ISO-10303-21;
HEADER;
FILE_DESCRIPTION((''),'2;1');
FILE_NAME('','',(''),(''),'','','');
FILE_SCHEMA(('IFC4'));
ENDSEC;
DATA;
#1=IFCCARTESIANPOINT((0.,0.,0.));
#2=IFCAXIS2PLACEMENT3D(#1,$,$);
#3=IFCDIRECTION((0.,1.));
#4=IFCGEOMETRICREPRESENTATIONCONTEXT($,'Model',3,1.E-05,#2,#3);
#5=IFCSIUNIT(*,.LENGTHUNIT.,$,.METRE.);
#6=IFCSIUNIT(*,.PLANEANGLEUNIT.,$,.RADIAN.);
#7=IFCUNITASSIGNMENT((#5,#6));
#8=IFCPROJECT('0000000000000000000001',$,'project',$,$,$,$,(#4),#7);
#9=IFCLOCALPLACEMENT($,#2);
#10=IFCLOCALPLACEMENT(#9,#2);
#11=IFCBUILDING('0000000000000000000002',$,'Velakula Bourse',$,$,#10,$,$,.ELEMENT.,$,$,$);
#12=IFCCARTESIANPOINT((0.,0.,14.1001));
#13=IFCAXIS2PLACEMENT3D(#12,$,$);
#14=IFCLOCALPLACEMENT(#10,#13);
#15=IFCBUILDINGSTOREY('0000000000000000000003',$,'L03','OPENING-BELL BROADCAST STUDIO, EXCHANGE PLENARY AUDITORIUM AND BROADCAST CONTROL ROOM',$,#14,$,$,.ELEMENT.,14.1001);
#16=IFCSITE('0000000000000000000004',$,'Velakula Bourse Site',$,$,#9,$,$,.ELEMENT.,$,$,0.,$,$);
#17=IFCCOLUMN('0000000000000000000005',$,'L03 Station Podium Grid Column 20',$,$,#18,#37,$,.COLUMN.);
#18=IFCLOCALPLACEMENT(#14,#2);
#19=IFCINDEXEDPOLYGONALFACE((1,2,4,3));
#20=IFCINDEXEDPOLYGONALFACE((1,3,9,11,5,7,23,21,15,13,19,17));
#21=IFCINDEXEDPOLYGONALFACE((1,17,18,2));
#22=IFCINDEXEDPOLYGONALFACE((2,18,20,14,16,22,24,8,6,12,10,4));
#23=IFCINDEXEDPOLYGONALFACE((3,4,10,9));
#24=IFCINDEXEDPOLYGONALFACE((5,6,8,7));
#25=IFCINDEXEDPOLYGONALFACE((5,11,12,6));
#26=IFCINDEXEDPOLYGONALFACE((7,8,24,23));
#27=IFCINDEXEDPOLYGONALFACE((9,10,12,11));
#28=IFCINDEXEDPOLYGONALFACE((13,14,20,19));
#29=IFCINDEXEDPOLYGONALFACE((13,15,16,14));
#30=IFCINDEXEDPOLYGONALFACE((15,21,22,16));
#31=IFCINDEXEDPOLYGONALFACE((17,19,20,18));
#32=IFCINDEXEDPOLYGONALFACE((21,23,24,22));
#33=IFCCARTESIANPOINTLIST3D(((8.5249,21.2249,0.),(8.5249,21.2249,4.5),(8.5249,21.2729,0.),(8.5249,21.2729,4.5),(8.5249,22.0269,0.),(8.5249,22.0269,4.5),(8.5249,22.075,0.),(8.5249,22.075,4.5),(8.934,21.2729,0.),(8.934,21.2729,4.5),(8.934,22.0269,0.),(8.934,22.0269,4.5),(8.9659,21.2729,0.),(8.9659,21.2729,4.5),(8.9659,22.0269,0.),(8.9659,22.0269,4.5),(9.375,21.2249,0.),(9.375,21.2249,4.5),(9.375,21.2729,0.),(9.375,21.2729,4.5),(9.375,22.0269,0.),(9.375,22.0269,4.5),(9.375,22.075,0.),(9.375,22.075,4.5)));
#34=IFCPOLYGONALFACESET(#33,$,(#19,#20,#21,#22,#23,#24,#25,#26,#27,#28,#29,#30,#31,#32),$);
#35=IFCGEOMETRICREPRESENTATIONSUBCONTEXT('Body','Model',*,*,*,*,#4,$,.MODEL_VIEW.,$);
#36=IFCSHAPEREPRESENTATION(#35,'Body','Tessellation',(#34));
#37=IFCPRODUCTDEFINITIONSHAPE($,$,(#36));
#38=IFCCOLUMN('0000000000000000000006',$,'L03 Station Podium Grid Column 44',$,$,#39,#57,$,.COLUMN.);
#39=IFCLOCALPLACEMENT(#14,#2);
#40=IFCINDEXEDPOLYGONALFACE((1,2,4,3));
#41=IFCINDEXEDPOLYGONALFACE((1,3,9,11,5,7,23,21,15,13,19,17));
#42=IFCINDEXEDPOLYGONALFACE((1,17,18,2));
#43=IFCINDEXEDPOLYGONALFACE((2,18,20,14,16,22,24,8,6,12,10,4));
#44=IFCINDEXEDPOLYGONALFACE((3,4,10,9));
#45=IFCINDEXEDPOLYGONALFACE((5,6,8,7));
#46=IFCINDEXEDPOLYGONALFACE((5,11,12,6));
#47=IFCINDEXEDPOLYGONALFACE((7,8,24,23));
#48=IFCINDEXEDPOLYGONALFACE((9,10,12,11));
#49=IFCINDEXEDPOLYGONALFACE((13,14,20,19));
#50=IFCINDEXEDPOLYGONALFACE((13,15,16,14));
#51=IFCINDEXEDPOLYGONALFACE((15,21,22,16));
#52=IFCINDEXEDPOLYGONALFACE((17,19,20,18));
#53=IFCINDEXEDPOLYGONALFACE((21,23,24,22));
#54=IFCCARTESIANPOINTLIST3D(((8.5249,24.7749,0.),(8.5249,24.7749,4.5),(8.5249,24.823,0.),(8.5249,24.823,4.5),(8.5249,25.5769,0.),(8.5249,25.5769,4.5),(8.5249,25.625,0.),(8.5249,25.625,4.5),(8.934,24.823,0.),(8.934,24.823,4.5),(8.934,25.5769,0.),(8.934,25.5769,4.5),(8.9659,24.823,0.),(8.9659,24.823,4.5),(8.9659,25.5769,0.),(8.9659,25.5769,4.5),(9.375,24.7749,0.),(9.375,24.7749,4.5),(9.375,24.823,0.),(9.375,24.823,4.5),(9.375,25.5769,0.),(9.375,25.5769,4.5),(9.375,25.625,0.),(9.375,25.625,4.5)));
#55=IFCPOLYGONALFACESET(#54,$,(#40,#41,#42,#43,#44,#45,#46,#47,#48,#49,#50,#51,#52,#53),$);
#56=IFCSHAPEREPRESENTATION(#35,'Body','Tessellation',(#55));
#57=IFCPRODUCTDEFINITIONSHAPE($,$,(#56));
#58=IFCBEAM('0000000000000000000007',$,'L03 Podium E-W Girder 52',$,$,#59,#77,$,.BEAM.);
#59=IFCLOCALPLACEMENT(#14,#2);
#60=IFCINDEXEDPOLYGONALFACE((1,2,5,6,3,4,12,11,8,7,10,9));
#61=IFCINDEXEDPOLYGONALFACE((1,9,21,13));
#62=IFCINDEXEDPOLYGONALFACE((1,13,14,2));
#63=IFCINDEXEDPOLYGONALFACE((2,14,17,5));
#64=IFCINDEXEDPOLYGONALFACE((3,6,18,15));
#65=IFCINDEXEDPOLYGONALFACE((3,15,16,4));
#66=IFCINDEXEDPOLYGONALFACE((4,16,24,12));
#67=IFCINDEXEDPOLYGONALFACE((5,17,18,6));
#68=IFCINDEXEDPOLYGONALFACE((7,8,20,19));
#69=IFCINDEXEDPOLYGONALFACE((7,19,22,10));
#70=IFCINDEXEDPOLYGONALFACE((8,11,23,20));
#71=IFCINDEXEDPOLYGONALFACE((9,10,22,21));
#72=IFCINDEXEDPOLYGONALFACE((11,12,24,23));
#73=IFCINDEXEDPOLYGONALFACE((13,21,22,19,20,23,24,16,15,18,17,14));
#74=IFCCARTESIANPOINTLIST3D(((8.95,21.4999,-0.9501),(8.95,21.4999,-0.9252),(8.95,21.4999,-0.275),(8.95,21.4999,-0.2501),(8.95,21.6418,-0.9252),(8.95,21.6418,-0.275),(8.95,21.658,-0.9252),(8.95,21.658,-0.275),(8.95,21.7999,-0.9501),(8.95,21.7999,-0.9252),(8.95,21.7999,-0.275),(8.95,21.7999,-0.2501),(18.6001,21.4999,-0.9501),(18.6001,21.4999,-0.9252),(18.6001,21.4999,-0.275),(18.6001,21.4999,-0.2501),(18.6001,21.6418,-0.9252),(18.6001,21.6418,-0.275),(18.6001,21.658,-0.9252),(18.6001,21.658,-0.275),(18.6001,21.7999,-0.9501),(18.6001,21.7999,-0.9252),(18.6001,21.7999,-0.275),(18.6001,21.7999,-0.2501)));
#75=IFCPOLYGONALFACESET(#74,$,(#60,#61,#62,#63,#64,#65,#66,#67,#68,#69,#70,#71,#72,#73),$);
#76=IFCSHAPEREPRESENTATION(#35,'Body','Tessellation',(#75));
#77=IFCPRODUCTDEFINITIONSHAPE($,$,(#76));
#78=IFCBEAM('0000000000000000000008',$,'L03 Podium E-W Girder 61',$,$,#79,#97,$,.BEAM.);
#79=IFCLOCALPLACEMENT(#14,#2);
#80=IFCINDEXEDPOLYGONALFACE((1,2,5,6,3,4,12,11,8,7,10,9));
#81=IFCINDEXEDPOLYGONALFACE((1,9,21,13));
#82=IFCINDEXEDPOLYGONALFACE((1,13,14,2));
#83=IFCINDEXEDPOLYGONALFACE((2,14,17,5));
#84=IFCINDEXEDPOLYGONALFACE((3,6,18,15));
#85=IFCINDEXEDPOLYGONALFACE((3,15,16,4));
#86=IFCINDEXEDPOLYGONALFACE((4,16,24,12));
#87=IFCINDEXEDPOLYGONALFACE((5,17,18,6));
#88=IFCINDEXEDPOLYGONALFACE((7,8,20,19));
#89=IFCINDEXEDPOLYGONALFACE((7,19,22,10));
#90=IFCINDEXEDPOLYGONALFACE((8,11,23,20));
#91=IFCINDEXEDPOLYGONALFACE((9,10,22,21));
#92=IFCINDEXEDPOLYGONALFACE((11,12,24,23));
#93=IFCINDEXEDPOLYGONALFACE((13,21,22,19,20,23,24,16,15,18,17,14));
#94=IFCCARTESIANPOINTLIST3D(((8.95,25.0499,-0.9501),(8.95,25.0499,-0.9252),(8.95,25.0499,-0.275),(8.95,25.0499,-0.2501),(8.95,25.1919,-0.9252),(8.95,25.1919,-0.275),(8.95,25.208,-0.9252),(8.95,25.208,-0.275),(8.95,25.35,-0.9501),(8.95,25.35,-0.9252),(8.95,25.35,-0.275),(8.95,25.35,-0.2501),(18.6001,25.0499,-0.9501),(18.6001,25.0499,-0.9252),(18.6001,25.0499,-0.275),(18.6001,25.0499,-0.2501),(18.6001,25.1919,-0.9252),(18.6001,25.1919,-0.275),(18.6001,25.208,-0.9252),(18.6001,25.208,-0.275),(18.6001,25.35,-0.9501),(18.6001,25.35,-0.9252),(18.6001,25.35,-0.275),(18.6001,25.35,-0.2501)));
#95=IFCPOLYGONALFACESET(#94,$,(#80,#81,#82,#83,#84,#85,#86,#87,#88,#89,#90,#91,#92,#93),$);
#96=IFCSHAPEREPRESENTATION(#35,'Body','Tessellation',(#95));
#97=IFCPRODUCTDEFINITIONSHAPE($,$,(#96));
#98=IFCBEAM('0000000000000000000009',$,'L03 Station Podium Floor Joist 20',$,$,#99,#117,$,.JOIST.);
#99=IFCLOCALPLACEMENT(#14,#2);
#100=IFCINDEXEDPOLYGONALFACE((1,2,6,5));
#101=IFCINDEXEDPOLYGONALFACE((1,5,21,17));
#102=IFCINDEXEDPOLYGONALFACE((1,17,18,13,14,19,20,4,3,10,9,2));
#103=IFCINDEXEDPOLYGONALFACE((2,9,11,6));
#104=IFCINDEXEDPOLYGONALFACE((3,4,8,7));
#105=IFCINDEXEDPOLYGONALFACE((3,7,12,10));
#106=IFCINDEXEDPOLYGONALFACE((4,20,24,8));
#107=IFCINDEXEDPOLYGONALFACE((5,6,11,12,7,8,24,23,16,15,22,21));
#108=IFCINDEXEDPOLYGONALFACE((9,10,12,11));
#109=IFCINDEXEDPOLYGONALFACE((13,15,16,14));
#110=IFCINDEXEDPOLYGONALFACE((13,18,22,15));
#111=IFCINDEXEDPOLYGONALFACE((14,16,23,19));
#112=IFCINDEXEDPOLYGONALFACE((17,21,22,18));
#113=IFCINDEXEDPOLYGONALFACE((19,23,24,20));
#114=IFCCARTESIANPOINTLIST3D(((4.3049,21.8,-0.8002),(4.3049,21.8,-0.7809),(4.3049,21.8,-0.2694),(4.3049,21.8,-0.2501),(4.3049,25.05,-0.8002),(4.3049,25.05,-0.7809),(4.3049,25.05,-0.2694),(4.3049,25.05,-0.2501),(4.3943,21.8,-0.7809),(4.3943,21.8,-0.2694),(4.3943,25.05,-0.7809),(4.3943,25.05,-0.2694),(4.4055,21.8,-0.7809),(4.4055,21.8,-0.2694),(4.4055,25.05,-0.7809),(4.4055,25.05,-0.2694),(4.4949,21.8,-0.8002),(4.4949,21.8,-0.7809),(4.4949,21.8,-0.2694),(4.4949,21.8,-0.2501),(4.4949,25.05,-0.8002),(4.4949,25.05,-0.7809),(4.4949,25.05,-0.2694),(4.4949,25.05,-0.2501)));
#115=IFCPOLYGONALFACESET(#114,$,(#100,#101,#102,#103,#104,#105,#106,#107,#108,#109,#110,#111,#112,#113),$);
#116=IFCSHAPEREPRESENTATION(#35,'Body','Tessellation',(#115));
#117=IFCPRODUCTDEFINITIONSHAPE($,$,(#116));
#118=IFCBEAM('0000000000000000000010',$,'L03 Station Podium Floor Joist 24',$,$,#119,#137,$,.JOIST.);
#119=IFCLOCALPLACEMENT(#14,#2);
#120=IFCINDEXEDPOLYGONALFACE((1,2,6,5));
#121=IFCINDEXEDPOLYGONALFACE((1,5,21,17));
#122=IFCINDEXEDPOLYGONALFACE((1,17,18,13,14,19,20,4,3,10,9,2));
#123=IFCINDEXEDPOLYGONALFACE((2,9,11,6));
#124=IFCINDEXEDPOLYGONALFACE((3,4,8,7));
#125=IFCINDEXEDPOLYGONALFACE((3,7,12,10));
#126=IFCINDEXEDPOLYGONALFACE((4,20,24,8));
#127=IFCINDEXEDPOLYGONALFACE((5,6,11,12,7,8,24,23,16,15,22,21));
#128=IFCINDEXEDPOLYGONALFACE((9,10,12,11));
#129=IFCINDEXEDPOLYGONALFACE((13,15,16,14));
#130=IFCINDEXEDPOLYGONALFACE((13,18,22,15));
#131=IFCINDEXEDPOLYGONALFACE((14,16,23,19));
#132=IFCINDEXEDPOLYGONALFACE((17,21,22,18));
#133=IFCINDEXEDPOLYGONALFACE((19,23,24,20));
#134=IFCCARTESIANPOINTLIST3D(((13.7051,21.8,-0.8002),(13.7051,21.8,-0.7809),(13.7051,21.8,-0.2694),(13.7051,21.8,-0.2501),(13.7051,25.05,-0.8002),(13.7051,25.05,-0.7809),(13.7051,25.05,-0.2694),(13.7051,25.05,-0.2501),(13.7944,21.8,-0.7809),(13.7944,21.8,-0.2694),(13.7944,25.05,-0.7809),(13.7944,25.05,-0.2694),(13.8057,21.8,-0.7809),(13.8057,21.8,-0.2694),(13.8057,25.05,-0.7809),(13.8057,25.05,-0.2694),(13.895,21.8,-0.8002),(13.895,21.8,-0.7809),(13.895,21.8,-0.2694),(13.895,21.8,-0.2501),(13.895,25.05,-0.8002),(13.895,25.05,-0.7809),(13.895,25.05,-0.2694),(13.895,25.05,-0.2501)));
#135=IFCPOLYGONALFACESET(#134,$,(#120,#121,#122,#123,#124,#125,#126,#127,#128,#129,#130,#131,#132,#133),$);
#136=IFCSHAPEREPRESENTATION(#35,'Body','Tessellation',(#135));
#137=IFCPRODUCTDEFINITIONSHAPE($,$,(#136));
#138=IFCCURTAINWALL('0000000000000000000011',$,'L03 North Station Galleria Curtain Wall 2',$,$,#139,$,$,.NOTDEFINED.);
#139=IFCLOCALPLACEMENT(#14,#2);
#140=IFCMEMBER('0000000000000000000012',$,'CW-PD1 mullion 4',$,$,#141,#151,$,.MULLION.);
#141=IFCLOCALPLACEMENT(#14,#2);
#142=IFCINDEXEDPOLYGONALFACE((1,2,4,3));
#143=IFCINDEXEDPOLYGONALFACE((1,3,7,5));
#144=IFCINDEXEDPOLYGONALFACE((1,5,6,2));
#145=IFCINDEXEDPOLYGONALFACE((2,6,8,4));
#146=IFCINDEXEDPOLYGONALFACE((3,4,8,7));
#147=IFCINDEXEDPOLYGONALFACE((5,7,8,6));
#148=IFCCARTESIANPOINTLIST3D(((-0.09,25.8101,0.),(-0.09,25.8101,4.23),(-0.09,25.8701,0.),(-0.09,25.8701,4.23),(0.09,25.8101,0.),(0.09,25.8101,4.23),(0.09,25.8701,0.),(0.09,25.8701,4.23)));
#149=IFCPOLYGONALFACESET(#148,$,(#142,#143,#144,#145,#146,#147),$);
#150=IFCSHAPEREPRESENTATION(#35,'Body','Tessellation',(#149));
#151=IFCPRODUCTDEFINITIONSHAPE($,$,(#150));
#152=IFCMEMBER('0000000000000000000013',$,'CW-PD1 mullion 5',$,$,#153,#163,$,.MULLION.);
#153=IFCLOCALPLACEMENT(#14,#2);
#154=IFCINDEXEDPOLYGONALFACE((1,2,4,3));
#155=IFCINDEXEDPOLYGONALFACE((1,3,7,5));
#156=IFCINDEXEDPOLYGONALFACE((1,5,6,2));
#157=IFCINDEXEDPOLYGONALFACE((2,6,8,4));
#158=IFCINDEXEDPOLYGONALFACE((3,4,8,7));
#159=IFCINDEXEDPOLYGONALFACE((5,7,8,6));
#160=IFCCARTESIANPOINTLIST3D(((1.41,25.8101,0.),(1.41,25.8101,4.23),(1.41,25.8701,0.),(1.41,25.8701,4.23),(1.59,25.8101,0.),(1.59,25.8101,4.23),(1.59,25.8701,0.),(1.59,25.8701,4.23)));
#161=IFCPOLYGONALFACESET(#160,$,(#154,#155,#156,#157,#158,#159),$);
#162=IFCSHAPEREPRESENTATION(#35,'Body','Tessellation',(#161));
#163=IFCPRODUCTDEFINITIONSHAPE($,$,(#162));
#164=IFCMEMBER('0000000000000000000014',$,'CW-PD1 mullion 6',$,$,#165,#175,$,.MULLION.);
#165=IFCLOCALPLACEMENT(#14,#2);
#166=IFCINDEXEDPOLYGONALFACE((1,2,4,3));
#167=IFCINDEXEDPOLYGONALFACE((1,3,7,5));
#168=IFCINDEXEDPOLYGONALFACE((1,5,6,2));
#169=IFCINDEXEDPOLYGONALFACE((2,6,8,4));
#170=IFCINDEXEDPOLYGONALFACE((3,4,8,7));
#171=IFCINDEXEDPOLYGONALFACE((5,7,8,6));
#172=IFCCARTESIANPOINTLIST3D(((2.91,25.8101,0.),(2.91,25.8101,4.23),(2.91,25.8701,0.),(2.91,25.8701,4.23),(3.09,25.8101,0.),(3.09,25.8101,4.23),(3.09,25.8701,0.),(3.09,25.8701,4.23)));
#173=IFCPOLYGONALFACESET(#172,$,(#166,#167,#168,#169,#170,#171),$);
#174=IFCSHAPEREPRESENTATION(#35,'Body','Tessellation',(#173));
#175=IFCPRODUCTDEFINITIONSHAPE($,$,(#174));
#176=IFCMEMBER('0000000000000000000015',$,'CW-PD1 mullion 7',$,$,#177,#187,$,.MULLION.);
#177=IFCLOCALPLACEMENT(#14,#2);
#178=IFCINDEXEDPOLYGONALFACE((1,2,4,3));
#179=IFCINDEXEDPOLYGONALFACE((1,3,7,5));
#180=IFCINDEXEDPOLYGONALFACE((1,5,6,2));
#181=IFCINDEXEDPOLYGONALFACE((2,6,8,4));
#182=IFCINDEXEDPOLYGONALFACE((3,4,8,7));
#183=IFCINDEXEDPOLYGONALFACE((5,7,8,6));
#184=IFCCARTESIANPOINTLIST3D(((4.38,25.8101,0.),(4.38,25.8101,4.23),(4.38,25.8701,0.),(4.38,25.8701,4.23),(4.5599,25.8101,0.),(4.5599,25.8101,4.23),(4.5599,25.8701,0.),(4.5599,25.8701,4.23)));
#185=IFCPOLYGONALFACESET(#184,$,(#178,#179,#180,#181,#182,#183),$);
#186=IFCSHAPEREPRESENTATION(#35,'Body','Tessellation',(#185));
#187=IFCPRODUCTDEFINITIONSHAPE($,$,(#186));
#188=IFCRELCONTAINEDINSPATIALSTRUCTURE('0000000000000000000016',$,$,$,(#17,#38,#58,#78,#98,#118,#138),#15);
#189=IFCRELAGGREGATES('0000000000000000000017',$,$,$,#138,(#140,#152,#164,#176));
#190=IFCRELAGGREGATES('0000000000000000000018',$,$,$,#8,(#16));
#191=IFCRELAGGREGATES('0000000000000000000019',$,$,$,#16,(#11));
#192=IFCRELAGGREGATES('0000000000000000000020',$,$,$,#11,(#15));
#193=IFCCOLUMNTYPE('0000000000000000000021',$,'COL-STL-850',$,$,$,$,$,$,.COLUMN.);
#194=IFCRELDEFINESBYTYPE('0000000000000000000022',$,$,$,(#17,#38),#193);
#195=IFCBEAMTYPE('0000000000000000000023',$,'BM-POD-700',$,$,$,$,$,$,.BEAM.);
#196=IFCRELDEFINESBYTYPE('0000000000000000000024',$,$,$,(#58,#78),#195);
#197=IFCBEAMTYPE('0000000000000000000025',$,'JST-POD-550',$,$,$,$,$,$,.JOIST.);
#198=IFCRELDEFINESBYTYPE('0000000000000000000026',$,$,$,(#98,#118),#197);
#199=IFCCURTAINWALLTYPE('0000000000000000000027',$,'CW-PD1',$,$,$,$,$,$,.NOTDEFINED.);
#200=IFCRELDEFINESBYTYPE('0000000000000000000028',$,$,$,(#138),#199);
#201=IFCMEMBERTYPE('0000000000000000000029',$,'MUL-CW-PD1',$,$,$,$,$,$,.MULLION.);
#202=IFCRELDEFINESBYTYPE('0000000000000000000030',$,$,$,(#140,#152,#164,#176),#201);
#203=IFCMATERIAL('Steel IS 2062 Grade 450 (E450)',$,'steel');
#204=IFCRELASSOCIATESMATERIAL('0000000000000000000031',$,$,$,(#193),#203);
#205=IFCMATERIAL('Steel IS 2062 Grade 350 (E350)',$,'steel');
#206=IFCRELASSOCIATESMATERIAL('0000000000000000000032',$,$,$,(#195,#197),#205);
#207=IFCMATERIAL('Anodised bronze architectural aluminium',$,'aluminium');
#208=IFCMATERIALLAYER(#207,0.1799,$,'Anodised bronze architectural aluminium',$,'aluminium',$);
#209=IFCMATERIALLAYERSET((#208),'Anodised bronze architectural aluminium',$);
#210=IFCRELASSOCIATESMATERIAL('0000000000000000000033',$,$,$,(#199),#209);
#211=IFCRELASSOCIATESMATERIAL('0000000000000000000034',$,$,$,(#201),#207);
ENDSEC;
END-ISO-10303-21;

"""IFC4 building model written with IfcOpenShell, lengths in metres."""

from ifc_helpers import new_model, si_unit, direction, frame, origin, origin_2d, place, context, subcontext, project, spatial, rectangle, i_section, extrude, material, layer, layer_set, material_profile, profile_set, type_object, element, aggregate, save


model = new_model("IFC4")

# Units and contexts
model_context = context("Model", 3, precision=1e-05, world=origin(), true_north=direction((0.0, 1.0)))
body_context = subcontext(model_context, "Body", "Model", "MODEL_VIEW")
ifc_project = project(units=[si_unit("LENGTHUNIT", "METRE"), si_unit("PLANEANGLEUNIT", "RADIAN")], contexts=[model_context])

# Site, building, storey
site_placement = place(None, origin())
site = spatial("IfcSite", under=ifc_project, at=site_placement, Name="Velakula Bourse Site", CompositionType="ELEMENT", RefElevation=0.0)
building_placement = place(site_placement, origin())
building = spatial("IfcBuilding", under=site, at=building_placement, Name="Velakula Bourse", CompositionType="ELEMENT")
storey_placement = place(building_placement, frame((0.0, 0.0, 14.1001)))
storey = spatial("IfcBuildingStorey", under=building, at=storey_placement, Name="L03", Description="OPENING-BELL BROADCAST STUDIO, EXCHANGE PLENARY AUDITORIUM AND BROADCAST CONTROL ROOM", CompositionType="ELEMENT", Elevation=14.1001)

# Columns
ifc_material_1 = material(Name="Steel IS 2062 Grade 450 (E450)", Category="steel")
ifc_material_profile_1 = material_profile(ifc_material_1, i_section(OverallWidth=0.8501, OverallDepth=0.8501, WebThickness=0.032, FlangeThickness=0.0481, at=origin_2d()), Name="Steel IS 2062 Grade 450 (E450)")
ifc_profile_set_1 = profile_set([ifc_material_profile_1], Name="Steel IS 2062 Grade 450 (E450)")
column_type = type_object("IfcColumnType", Name="COL-STL-850", PredefinedType="COLUMN", material=ifc_profile_set_1)
for number, where, z_axis, x_axis, name in (
    (1, (8.95, 21.6499, 0.0), (0.0, 0.0, 1.0), (1.0, 0.0, 0.0), "L03 Station Podium Grid Column 20"),
    (2, (8.95, 25.2, 0.0), (0.0, 0.0, 1.0), (1.0, 0.0, 0.0), "L03 Station Podium Grid Column 44"),
):
    element("IfcColumn", number, at=place(storey_placement, frame(where, z_axis=z_axis, x_axis=x_axis)), inside=storey, type_object=column_type, Name=name, PredefinedType="COLUMN", context=body_context, shape_type="SweptSolid", body=[
        extrude(i_section(OverallWidth=0.8501, OverallDepth=0.8501, WebThickness=0.032, FlangeThickness=0.0481, at=origin_2d()), origin(), (0.0, 0.0, 1.0), 4.5),
    ])

# Beams
ifc_material_2 = material(Name="Steel IS 2062 Grade 350 (E350)", Category="steel")
ifc_material_profile_2 = material_profile(ifc_material_2, i_section(OverallWidth=0.3, OverallDepth=0.7, WebThickness=0.0161, FlangeThickness=0.0249, at=origin_2d()), Name="Steel IS 2062 Grade 350 (E350)")
ifc_profile_set_2 = profile_set([ifc_material_profile_2], Name="Steel IS 2062 Grade 350 (E350)")
beam_type_1 = type_object("IfcBeamType", Name="BM-POD-700", PredefinedType="BEAM", material=ifc_profile_set_2)
for number, where, z_axis, x_axis, name in (
    (3, (8.95, 21.6499, -0.6001), (1.0, 0.0, 0.0), (0.0, 1.0, 0.0), "L03 Podium E-W Girder 52"),
    (4, (8.95, 25.2, -0.6001), (1.0, 0.0, 0.0), (0.0, 1.0, 0.0), "L03 Podium E-W Girder 61"),
):
    element("IfcBeam", number, at=place(storey_placement, frame(where, z_axis=z_axis, x_axis=x_axis)), inside=storey, type_object=beam_type_1, Name=name, PredefinedType="BEAM", context=body_context, shape_type="SweptSolid", body=[
        extrude(i_section(OverallWidth=0.3, OverallDepth=0.7, WebThickness=0.0161, FlangeThickness=0.0249, at=origin_2d()), origin(), (0.0, 0.0, 1.0), 9.6501),
    ])
ifc_material_profile_3 = material_profile(ifc_material_2, i_section(OverallWidth=0.1899, OverallDepth=0.55, WebThickness=0.0112, FlangeThickness=0.0193, at=origin_2d()), Name="Steel IS 2062 Grade 350 (E350)")
ifc_profile_set_3 = profile_set([ifc_material_profile_3], Name="Steel IS 2062 Grade 350 (E350)")
beam_type_2 = type_object("IfcBeamType", Name="JST-POD-550", PredefinedType="JOIST", material=ifc_profile_set_3)
for number, where, z_axis, x_axis, name in (
    (5, (4.3999, 21.8, -0.5251), (0.0, 1.0, 0.0), (-1.0, 0.0, 0.0), "L03 Station Podium Floor Joist 20"),
    (6, (13.8, 21.8, -0.5251), (0.0, 1.0, 0.0), (-1.0, 0.0, 0.0), "L03 Station Podium Floor Joist 24"),
):
    element("IfcBeam", number, at=place(storey_placement, frame(where, z_axis=z_axis, x_axis=x_axis)), inside=storey, type_object=beam_type_2, Name=name, PredefinedType="JOIST", context=body_context, shape_type="SweptSolid", body=[
        extrude(i_section(OverallWidth=0.1899, OverallDepth=0.55, WebThickness=0.0112, FlangeThickness=0.0193, at=origin_2d()), origin(), (0.0, 0.0, 1.0), 3.25),
    ])

# Curtain wall, members
ifc_material_3 = material(Name="Anodised bronze architectural aluminium", Category="aluminium")
ifc_layer_1 = layer(ifc_material_3, 0.1799, Name="Anodised bronze architectural aluminium", Category="aluminium")
ifc_layer_set_1 = layer_set([ifc_layer_1], Name="Anodised bronze architectural aluminium")
curtain_wall_type = type_object("IfcCurtainWallType", Name="CW-PD1", PredefinedType="NOTDEFINED", material=ifc_layer_set_1)
curtain_wall_placement = place(storey_placement, origin())
curtain_wall = element("IfcCurtainWall", 7, at=curtain_wall_placement, inside=storey, type_object=curtain_wall_type, Name="L03 North Station Galleria Curtain Wall 2", PredefinedType="NOTDEFINED")
ifc_material_profile_4 = material_profile(ifc_material_3, rectangle(XDim=0.0601, YDim=0.1799, at=origin_2d()), Name="Anodised bronze architectural aluminium")
ifc_profile_set_4 = profile_set([ifc_material_profile_4], Name="Anodised bronze architectural aluminium")
member_type_1 = type_object("IfcMemberType", Name="MUL-CW-PD1", PredefinedType="MULLION", material=ifc_profile_set_4)
member_1_placement = place(storey_placement, frame((0.0, 25.8401, 0.0), z_axis=(0.0, 0.0, 1.0), x_axis=(0.0, 1.0, 0.0)))
member_1 = element("IfcMember", 8, at=member_1_placement, type_object=member_type_1, Name="CW-PD1 mullion 4", PredefinedType="MULLION", context=body_context, shape_type="SweptSolid", body=[
    extrude(rectangle(XDim=0.0601, YDim=0.1799, at=origin_2d()), origin(), (0.0, 0.0, 1.0), 4.23),
])
member_2_placement = place(storey_placement, frame((1.5, 25.8401, 0.0), z_axis=(0.0, 0.0, 1.0), x_axis=(0.0, 1.0, 0.0)))
member_2 = element("IfcMember", 9, at=member_2_placement, type_object=member_type_1, Name="CW-PD1 mullion 5", PredefinedType="MULLION", context=body_context, shape_type="SweptSolid", body=[
    extrude(rectangle(XDim=0.0601, YDim=0.1799, at=origin_2d()), origin(), (0.0, 0.0, 1.0), 4.23),
])
member_3_placement = place(storey_placement, frame((3.0, 25.8401, 0.0), z_axis=(0.0, 0.0, 1.0), x_axis=(0.0, 1.0, 0.0)))
member_3 = element("IfcMember", 10, at=member_3_placement, type_object=member_type_1, Name="CW-PD1 mullion 6", PredefinedType="MULLION", context=body_context, shape_type="SweptSolid", body=[
    extrude(rectangle(XDim=0.0601, YDim=0.1799, at=origin_2d()), origin(), (0.0, 0.0, 1.0), 4.23),
])
member_4_placement = place(storey_placement, frame((4.47, 25.8401, 0.0), z_axis=(0.0, 0.0, 1.0), x_axis=(0.0, 1.0, 0.0)))
member_4 = element("IfcMember", 11, at=member_4_placement, type_object=member_type_1, Name="CW-PD1 mullion 7", PredefinedType="MULLION", context=body_context, shape_type="SweptSolid", body=[
    extrude(rectangle(XDim=0.0601, YDim=0.1799, at=origin_2d()), origin(), (0.0, 0.0, 1.0), 4.23),
])
aggregate(curtain_wall, [member_1, member_2, member_3, member_4])

save(model, "model.ifc")
